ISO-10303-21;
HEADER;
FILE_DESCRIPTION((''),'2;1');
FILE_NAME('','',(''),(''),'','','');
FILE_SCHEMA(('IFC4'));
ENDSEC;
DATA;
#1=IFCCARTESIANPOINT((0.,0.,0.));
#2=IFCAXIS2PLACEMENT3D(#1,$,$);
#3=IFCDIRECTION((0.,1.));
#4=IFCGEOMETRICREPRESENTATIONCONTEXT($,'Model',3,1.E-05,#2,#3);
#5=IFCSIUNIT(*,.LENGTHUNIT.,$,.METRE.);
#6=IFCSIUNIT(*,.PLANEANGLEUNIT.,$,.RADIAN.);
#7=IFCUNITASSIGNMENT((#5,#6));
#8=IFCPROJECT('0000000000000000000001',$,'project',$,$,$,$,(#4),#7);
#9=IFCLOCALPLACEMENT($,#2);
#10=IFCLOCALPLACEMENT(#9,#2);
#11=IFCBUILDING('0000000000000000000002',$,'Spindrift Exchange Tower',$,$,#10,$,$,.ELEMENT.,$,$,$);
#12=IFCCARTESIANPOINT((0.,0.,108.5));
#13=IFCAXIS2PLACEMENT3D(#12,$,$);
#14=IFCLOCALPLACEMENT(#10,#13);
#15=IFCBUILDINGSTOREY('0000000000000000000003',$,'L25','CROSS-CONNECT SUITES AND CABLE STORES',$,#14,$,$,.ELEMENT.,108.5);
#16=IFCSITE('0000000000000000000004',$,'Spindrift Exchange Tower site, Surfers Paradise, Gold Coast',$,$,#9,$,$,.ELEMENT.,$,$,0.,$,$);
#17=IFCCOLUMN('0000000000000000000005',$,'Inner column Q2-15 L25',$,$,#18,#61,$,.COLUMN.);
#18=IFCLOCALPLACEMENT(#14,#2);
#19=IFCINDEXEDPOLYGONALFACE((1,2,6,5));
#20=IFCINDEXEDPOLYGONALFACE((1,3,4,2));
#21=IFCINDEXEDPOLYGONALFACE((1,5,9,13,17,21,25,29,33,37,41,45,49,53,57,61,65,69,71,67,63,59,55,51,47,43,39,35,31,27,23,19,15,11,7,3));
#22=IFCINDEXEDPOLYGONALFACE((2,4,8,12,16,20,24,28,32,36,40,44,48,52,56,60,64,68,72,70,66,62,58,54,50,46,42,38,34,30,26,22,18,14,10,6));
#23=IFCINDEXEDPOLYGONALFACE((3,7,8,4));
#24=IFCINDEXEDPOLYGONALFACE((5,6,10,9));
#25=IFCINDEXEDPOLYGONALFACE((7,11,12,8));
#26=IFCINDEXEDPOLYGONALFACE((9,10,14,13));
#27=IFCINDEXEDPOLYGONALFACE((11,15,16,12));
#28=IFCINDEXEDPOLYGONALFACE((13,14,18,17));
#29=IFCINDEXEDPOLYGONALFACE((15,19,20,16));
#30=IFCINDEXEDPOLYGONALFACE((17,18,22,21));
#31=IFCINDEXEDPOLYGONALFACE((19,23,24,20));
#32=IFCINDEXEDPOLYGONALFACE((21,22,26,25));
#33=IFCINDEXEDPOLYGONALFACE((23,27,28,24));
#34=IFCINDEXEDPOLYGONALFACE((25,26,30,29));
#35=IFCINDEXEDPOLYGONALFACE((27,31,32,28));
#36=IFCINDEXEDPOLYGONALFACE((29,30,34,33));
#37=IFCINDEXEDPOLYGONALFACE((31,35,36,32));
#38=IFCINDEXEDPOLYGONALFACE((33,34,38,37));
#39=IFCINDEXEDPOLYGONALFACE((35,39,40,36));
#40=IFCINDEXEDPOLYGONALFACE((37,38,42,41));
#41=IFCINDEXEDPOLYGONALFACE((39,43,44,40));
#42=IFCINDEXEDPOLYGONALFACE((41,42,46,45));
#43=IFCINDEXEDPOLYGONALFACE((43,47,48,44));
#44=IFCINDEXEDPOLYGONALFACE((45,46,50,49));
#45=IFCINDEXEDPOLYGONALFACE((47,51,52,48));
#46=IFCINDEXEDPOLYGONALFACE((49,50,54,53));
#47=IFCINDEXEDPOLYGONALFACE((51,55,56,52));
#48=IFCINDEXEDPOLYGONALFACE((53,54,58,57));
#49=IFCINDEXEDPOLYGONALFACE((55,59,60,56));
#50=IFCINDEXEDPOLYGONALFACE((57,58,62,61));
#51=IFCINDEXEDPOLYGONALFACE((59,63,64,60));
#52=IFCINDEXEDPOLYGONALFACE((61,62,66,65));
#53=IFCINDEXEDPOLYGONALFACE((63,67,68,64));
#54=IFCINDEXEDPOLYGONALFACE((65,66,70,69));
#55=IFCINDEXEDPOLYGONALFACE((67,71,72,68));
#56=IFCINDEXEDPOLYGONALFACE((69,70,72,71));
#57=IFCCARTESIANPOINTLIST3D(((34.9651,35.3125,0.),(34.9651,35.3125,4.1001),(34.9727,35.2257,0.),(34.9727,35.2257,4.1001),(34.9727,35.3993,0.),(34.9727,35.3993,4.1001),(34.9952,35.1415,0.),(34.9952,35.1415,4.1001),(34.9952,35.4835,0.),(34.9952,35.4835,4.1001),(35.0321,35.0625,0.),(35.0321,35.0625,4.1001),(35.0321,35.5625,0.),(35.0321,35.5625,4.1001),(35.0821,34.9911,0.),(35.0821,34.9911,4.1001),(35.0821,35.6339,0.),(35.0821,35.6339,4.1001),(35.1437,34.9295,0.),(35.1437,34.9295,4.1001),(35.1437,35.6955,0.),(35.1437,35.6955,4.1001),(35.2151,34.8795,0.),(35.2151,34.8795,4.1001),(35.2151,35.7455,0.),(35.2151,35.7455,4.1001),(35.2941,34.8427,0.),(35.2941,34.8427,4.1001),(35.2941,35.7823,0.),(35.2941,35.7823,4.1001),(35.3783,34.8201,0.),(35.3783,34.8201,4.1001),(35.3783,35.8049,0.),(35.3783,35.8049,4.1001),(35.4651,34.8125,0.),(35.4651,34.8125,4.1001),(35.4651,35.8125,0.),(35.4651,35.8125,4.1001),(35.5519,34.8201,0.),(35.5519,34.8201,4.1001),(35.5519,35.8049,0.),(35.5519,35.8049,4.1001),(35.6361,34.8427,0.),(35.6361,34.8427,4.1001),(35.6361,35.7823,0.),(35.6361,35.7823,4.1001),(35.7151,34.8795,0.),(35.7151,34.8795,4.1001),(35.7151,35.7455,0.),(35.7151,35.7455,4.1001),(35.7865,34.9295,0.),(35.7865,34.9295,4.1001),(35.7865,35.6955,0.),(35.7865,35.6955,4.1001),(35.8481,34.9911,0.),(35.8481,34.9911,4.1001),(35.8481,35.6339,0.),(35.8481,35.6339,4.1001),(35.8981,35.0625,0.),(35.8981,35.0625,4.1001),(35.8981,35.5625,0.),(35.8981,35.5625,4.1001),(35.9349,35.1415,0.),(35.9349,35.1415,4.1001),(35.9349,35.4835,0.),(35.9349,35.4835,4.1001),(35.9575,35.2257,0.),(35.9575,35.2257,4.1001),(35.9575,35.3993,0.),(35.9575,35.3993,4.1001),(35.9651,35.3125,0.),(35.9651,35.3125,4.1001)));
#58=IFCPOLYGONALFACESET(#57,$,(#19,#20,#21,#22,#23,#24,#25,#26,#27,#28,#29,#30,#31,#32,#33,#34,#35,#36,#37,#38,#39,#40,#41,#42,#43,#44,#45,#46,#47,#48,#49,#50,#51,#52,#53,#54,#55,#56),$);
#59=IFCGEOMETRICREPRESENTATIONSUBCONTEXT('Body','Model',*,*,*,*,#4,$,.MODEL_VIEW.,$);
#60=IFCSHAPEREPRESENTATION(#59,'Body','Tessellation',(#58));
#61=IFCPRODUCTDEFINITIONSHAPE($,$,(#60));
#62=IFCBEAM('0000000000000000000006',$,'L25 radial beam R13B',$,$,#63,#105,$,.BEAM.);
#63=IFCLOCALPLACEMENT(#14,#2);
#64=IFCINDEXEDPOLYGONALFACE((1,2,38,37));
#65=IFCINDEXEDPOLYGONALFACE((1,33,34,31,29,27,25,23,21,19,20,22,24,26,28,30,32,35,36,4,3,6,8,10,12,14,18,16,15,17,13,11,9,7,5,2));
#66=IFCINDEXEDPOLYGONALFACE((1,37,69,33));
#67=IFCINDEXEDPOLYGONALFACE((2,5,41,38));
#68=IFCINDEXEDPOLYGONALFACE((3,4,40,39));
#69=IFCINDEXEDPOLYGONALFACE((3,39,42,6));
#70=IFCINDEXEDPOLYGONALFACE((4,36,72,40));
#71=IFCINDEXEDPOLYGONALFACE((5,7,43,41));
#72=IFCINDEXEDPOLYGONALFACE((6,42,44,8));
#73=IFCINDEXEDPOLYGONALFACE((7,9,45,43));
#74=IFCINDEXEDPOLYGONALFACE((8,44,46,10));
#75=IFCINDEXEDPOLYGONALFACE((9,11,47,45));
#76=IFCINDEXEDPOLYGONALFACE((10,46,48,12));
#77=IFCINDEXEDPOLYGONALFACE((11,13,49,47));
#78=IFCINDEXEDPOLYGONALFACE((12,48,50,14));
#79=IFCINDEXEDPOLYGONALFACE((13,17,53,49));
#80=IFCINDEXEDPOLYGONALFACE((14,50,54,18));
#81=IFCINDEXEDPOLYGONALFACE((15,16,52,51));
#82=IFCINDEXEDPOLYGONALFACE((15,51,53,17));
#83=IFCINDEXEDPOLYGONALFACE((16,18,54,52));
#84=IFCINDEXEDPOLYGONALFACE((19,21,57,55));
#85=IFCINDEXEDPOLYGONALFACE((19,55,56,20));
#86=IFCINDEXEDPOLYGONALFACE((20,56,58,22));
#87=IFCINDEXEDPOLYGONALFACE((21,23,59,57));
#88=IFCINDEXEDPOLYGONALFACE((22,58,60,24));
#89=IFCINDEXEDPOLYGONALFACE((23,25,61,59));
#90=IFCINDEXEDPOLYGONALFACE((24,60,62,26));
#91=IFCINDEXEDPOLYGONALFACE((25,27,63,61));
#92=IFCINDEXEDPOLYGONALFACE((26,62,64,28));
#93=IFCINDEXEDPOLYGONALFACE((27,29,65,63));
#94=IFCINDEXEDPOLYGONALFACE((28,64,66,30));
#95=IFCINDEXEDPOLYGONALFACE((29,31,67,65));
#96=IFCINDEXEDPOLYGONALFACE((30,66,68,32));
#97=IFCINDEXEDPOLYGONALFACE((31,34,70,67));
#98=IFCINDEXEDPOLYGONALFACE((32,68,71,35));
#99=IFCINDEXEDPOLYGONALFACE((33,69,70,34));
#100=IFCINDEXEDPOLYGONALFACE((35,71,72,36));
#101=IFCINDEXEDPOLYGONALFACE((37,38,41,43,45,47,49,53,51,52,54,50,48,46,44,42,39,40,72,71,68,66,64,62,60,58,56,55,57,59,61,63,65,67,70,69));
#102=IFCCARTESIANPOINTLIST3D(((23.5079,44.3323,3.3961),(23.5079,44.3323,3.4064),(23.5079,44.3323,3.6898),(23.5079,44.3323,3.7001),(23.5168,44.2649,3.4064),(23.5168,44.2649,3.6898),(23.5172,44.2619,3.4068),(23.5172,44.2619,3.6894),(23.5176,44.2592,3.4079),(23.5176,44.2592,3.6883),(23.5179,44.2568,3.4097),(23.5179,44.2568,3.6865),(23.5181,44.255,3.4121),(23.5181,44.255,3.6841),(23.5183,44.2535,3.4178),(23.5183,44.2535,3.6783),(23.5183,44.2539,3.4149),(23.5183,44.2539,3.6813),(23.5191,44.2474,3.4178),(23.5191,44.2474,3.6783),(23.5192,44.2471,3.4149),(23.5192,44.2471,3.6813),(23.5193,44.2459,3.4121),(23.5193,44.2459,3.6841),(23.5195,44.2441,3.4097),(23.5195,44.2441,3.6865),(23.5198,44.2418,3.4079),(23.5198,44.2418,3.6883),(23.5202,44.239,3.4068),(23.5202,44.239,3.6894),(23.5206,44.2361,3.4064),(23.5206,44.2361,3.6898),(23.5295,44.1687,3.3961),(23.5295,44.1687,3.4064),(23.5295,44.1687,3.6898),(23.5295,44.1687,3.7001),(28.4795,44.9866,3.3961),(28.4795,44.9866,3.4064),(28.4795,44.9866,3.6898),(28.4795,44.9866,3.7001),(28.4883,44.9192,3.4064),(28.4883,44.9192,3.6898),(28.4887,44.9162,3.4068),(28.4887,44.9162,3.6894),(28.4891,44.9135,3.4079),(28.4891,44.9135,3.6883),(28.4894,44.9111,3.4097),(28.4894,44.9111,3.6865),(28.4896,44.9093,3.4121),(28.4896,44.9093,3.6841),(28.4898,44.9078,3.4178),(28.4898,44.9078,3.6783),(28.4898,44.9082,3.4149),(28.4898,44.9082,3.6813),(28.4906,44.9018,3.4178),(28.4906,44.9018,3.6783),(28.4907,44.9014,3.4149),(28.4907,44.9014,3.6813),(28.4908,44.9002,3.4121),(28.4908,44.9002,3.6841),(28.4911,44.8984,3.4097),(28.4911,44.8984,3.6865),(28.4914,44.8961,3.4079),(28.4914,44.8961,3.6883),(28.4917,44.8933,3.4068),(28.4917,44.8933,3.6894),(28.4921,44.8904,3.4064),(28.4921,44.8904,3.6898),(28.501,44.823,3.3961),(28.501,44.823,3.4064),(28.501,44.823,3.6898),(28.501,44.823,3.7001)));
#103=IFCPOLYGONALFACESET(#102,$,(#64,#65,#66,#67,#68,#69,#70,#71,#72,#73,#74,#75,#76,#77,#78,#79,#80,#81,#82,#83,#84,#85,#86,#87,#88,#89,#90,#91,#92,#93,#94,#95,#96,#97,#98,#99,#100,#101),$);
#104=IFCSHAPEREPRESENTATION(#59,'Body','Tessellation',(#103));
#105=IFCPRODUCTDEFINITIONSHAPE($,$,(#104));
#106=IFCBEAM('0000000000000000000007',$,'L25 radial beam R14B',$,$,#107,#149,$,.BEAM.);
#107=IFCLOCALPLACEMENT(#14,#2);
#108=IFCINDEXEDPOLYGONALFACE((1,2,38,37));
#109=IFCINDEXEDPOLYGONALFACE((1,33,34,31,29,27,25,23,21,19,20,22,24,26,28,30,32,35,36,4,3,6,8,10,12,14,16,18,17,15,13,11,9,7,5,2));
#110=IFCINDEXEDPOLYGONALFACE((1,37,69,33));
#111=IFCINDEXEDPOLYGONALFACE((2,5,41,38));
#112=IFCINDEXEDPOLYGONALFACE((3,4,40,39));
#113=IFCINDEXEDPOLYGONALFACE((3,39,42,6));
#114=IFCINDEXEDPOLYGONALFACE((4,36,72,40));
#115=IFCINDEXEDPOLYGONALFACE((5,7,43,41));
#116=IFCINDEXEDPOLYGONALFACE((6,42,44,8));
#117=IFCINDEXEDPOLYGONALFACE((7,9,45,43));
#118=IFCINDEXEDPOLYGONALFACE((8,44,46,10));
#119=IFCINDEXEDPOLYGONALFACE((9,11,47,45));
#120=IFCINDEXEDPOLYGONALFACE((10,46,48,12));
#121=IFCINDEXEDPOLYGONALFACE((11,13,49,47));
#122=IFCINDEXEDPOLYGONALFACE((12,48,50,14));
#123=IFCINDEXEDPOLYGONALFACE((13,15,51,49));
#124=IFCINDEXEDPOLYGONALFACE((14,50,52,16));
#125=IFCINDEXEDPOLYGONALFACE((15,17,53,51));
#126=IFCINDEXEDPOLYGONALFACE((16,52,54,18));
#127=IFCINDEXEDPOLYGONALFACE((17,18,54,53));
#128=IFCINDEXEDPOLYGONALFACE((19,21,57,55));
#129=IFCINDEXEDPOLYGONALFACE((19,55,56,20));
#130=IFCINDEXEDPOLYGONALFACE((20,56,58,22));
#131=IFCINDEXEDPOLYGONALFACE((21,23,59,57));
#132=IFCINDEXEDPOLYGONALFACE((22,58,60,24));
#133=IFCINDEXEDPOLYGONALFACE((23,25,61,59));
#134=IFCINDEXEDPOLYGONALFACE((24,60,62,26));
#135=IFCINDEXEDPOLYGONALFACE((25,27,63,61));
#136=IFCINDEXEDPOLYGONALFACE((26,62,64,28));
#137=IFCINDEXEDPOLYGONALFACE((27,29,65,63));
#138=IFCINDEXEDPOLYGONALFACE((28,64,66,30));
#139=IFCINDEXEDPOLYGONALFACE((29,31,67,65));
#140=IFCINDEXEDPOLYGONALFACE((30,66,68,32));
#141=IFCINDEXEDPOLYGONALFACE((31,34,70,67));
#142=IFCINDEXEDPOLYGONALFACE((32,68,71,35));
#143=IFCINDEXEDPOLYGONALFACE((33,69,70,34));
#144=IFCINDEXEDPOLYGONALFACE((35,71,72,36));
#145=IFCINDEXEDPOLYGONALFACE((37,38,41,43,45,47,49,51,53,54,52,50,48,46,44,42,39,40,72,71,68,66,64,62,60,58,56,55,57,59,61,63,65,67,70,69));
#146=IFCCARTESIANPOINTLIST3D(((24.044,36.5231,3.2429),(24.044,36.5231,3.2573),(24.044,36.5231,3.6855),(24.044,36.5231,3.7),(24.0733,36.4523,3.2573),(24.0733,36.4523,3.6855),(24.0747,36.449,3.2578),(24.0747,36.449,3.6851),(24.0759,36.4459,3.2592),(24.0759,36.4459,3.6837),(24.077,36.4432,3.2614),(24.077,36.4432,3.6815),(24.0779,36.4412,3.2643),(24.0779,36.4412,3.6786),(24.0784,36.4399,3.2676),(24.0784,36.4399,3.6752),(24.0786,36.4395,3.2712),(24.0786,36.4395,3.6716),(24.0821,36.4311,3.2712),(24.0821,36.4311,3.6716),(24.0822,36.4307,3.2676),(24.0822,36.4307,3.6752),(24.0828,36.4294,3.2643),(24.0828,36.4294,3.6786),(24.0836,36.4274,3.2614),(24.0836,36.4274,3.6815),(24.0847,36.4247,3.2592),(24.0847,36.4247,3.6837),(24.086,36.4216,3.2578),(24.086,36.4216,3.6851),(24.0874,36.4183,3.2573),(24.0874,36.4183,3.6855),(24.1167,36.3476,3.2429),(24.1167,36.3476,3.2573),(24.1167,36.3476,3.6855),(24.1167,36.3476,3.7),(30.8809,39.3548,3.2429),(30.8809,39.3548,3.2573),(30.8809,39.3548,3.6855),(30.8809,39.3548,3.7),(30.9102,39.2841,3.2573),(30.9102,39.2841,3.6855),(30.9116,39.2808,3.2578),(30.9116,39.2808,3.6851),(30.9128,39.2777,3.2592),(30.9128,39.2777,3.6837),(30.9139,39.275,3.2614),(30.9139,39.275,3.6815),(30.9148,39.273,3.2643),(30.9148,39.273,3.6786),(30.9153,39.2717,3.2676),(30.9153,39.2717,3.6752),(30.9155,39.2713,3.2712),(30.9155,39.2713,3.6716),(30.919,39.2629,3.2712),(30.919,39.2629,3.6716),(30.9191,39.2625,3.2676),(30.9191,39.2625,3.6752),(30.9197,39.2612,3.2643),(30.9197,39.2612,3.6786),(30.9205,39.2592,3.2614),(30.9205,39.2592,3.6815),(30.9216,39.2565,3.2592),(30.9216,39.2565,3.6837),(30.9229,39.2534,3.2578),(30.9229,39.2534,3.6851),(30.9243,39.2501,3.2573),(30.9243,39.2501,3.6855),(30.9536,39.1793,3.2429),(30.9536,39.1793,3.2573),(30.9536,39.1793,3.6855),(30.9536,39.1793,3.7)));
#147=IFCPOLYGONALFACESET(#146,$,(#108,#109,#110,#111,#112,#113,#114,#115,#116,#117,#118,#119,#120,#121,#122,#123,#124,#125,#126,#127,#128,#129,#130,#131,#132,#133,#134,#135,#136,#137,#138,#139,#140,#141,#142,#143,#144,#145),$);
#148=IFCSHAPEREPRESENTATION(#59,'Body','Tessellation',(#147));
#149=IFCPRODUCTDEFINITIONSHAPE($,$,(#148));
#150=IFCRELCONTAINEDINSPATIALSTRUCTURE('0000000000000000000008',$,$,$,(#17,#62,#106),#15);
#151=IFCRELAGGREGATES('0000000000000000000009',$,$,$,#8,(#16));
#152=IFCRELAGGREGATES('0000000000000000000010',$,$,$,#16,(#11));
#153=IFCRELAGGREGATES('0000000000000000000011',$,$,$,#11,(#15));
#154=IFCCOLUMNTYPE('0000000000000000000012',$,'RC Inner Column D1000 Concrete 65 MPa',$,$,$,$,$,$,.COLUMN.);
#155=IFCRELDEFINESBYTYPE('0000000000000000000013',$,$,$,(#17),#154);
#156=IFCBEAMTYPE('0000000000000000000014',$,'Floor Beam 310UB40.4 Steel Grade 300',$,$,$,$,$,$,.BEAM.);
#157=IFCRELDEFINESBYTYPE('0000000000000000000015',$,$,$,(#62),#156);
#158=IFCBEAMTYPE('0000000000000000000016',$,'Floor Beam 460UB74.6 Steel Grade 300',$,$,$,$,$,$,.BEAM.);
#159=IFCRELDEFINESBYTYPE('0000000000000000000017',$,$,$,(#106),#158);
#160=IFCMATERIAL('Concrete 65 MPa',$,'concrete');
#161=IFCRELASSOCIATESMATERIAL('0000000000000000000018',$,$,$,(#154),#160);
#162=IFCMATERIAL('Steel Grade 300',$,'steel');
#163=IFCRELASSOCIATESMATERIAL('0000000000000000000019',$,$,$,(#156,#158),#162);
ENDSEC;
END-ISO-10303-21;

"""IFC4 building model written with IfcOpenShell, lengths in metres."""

from ifc_helpers import new_model, si_unit, direction, frame, origin, origin_2d, place, context, subcontext, project, spatial, circle, i_section, extrude, source, transform, mapped, material, material_profile, profile_set, type_object, element, save


model = new_model("IFC4")

# Units and contexts
model_context = context("Model", 3, precision=1e-05, world=origin(), true_north=direction((0.0, 1.0)))
body_context = subcontext(model_context, "Body", "Model", "MODEL_VIEW")
ifc_project = project(units=[si_unit("LENGTHUNIT", "METRE"), si_unit("PLANEANGLEUNIT", "RADIAN")], contexts=[model_context])

# Site, building, storey
site_placement = place(None, origin())
site = spatial("IfcSite", under=ifc_project, at=site_placement, Name="Spindrift Exchange Tower site, Surfers Paradise, Gold Coast", CompositionType="ELEMENT", RefElevation=0.0)
building_placement = place(site_placement, origin())
building = spatial("IfcBuilding", under=site, at=building_placement, Name="Spindrift Exchange Tower", CompositionType="ELEMENT")
storey_placement = place(building_placement, frame((0.0, 0.0, 108.5)))
storey = spatial("IfcBuildingStorey", under=building, at=storey_placement, Name="L25", Description="CROSS-CONNECT SUITES AND CABLE STORES", CompositionType="ELEMENT", Elevation=108.5)

# Column
ifc_material_1 = material(Name="Concrete 65 MPa", Category="concrete")
ifc_material_profile_1 = material_profile(ifc_material_1, circle(Radius=0.5, at=origin_2d()), Name="RC D1000")
ifc_profile_set_1 = profile_set([ifc_material_profile_1], Name="Concrete 65 MPa")
column_type_1 = type_object("IfcColumnType", Name="RC Inner Column D1000 Concrete 65 MPa", PredefinedType="COLUMN", material=ifc_profile_set_1)
shared_shape_1 = source(origin(), body_context, "Body", "SweptSolid", [
    extrude(circle(Radius=0.5, at=origin_2d()), origin(), (0.0, 0.0, 1.0), 4.1001),
])
for number, where, z_axis, x_axis, name in (
    (1, (35.4651, 35.3125, 0.0), (0.0, 0.0, 1.0), (1.0, 0.0, 0.0), "Inner column Q2-15 L25"),
):
    element("IfcColumn", number, at=place(storey_placement, frame(where, z_axis=z_axis, x_axis=x_axis)), inside=storey, type_object=column_type_1, Name=name, PredefinedType="COLUMN", context=body_context, shape_type="MappedRepresentation", body=[
        mapped(shared_shape_1, transform((0.0, 0.0, 0.0), scale=1.0)),
    ])

# Beams
ifc_material_2 = material(Name="Steel Grade 300", Category="steel")
ifc_material_profile_2 = material_profile(ifc_material_2, i_section(OverallWidth=0.165, OverallDepth=0.304, WebThickness=0.0061, FlangeThickness=0.0103, FilletRadius=0.0115, at=origin_2d()), Name="310UB40.4")
ifc_profile_set_2 = profile_set([ifc_material_profile_2], Name="Steel Grade 300")
beam_type_1 = type_object("IfcBeamType", Name="Floor Beam 310UB40.4 Steel Grade 300", PredefinedType="BEAM", material=ifc_profile_set_2)
shared_shape_2 = source(origin(), body_context, "Body", "SweptSolid", [
    extrude(i_section(OverallWidth=0.165, OverallDepth=0.304, WebThickness=0.0061, FlangeThickness=0.0103, FilletRadius=0.0115, at=origin_2d()), origin(), (0.0, 0.0, 1.0), 5.0144),
])
beam_1_placement = place(storey_placement, frame((28.4902, 44.9048, 3.5481), z_axis=(-0.99145, -0.130486, 0.0), x_axis=(0.130486, -0.99145, 0.0)))
element("IfcBeam", 2, at=beam_1_placement, inside=storey, type_object=beam_type_1, Name="L25 radial beam R13B", PredefinedType="BEAM", context=body_context, shape_type="MappedRepresentation", body=[
    mapped(shared_shape_2, transform((0.0, 0.0, 0.0), scale=1.0)),
])
ifc_material_profile_3 = material_profile(ifc_material_2, i_section(OverallWidth=0.1899, OverallDepth=0.457, WebThickness=0.009, FlangeThickness=0.0144, FilletRadius=0.0139, at=origin_2d()), Name="460UB74.6")
ifc_profile_set_3 = profile_set([ifc_material_profile_3], Name="Steel Grade 300")
beam_type_2 = type_object("IfcBeamType", Name="Floor Beam 460UB74.6 Steel Grade 300", PredefinedType="BEAM", material=ifc_profile_set_3)
shared_shape_3 = source(origin(), body_context, "Body", "SweptSolid", [
    extrude(i_section(OverallWidth=0.1899, OverallDepth=0.457, WebThickness=0.009, FlangeThickness=0.0144, FilletRadius=0.0139, at=origin_2d()), origin(), (0.0, 0.0, 1.0), 7.4001),
])
beam_2_placement = place(storey_placement, frame((30.9172, 39.2671, 3.4714), z_axis=(-0.923887, -0.382666, 0.0), x_axis=(0.382666, -0.923887, 0.0)))
element("IfcBeam", 3, at=beam_2_placement, inside=storey, type_object=beam_type_2, Name="L25 radial beam R14B", PredefinedType="BEAM", context=body_context, shape_type="MappedRepresentation", body=[
    mapped(shared_shape_3, transform((0.0, 0.0, 0.0), scale=1.0)),
])

save(model, "model.ifc")
